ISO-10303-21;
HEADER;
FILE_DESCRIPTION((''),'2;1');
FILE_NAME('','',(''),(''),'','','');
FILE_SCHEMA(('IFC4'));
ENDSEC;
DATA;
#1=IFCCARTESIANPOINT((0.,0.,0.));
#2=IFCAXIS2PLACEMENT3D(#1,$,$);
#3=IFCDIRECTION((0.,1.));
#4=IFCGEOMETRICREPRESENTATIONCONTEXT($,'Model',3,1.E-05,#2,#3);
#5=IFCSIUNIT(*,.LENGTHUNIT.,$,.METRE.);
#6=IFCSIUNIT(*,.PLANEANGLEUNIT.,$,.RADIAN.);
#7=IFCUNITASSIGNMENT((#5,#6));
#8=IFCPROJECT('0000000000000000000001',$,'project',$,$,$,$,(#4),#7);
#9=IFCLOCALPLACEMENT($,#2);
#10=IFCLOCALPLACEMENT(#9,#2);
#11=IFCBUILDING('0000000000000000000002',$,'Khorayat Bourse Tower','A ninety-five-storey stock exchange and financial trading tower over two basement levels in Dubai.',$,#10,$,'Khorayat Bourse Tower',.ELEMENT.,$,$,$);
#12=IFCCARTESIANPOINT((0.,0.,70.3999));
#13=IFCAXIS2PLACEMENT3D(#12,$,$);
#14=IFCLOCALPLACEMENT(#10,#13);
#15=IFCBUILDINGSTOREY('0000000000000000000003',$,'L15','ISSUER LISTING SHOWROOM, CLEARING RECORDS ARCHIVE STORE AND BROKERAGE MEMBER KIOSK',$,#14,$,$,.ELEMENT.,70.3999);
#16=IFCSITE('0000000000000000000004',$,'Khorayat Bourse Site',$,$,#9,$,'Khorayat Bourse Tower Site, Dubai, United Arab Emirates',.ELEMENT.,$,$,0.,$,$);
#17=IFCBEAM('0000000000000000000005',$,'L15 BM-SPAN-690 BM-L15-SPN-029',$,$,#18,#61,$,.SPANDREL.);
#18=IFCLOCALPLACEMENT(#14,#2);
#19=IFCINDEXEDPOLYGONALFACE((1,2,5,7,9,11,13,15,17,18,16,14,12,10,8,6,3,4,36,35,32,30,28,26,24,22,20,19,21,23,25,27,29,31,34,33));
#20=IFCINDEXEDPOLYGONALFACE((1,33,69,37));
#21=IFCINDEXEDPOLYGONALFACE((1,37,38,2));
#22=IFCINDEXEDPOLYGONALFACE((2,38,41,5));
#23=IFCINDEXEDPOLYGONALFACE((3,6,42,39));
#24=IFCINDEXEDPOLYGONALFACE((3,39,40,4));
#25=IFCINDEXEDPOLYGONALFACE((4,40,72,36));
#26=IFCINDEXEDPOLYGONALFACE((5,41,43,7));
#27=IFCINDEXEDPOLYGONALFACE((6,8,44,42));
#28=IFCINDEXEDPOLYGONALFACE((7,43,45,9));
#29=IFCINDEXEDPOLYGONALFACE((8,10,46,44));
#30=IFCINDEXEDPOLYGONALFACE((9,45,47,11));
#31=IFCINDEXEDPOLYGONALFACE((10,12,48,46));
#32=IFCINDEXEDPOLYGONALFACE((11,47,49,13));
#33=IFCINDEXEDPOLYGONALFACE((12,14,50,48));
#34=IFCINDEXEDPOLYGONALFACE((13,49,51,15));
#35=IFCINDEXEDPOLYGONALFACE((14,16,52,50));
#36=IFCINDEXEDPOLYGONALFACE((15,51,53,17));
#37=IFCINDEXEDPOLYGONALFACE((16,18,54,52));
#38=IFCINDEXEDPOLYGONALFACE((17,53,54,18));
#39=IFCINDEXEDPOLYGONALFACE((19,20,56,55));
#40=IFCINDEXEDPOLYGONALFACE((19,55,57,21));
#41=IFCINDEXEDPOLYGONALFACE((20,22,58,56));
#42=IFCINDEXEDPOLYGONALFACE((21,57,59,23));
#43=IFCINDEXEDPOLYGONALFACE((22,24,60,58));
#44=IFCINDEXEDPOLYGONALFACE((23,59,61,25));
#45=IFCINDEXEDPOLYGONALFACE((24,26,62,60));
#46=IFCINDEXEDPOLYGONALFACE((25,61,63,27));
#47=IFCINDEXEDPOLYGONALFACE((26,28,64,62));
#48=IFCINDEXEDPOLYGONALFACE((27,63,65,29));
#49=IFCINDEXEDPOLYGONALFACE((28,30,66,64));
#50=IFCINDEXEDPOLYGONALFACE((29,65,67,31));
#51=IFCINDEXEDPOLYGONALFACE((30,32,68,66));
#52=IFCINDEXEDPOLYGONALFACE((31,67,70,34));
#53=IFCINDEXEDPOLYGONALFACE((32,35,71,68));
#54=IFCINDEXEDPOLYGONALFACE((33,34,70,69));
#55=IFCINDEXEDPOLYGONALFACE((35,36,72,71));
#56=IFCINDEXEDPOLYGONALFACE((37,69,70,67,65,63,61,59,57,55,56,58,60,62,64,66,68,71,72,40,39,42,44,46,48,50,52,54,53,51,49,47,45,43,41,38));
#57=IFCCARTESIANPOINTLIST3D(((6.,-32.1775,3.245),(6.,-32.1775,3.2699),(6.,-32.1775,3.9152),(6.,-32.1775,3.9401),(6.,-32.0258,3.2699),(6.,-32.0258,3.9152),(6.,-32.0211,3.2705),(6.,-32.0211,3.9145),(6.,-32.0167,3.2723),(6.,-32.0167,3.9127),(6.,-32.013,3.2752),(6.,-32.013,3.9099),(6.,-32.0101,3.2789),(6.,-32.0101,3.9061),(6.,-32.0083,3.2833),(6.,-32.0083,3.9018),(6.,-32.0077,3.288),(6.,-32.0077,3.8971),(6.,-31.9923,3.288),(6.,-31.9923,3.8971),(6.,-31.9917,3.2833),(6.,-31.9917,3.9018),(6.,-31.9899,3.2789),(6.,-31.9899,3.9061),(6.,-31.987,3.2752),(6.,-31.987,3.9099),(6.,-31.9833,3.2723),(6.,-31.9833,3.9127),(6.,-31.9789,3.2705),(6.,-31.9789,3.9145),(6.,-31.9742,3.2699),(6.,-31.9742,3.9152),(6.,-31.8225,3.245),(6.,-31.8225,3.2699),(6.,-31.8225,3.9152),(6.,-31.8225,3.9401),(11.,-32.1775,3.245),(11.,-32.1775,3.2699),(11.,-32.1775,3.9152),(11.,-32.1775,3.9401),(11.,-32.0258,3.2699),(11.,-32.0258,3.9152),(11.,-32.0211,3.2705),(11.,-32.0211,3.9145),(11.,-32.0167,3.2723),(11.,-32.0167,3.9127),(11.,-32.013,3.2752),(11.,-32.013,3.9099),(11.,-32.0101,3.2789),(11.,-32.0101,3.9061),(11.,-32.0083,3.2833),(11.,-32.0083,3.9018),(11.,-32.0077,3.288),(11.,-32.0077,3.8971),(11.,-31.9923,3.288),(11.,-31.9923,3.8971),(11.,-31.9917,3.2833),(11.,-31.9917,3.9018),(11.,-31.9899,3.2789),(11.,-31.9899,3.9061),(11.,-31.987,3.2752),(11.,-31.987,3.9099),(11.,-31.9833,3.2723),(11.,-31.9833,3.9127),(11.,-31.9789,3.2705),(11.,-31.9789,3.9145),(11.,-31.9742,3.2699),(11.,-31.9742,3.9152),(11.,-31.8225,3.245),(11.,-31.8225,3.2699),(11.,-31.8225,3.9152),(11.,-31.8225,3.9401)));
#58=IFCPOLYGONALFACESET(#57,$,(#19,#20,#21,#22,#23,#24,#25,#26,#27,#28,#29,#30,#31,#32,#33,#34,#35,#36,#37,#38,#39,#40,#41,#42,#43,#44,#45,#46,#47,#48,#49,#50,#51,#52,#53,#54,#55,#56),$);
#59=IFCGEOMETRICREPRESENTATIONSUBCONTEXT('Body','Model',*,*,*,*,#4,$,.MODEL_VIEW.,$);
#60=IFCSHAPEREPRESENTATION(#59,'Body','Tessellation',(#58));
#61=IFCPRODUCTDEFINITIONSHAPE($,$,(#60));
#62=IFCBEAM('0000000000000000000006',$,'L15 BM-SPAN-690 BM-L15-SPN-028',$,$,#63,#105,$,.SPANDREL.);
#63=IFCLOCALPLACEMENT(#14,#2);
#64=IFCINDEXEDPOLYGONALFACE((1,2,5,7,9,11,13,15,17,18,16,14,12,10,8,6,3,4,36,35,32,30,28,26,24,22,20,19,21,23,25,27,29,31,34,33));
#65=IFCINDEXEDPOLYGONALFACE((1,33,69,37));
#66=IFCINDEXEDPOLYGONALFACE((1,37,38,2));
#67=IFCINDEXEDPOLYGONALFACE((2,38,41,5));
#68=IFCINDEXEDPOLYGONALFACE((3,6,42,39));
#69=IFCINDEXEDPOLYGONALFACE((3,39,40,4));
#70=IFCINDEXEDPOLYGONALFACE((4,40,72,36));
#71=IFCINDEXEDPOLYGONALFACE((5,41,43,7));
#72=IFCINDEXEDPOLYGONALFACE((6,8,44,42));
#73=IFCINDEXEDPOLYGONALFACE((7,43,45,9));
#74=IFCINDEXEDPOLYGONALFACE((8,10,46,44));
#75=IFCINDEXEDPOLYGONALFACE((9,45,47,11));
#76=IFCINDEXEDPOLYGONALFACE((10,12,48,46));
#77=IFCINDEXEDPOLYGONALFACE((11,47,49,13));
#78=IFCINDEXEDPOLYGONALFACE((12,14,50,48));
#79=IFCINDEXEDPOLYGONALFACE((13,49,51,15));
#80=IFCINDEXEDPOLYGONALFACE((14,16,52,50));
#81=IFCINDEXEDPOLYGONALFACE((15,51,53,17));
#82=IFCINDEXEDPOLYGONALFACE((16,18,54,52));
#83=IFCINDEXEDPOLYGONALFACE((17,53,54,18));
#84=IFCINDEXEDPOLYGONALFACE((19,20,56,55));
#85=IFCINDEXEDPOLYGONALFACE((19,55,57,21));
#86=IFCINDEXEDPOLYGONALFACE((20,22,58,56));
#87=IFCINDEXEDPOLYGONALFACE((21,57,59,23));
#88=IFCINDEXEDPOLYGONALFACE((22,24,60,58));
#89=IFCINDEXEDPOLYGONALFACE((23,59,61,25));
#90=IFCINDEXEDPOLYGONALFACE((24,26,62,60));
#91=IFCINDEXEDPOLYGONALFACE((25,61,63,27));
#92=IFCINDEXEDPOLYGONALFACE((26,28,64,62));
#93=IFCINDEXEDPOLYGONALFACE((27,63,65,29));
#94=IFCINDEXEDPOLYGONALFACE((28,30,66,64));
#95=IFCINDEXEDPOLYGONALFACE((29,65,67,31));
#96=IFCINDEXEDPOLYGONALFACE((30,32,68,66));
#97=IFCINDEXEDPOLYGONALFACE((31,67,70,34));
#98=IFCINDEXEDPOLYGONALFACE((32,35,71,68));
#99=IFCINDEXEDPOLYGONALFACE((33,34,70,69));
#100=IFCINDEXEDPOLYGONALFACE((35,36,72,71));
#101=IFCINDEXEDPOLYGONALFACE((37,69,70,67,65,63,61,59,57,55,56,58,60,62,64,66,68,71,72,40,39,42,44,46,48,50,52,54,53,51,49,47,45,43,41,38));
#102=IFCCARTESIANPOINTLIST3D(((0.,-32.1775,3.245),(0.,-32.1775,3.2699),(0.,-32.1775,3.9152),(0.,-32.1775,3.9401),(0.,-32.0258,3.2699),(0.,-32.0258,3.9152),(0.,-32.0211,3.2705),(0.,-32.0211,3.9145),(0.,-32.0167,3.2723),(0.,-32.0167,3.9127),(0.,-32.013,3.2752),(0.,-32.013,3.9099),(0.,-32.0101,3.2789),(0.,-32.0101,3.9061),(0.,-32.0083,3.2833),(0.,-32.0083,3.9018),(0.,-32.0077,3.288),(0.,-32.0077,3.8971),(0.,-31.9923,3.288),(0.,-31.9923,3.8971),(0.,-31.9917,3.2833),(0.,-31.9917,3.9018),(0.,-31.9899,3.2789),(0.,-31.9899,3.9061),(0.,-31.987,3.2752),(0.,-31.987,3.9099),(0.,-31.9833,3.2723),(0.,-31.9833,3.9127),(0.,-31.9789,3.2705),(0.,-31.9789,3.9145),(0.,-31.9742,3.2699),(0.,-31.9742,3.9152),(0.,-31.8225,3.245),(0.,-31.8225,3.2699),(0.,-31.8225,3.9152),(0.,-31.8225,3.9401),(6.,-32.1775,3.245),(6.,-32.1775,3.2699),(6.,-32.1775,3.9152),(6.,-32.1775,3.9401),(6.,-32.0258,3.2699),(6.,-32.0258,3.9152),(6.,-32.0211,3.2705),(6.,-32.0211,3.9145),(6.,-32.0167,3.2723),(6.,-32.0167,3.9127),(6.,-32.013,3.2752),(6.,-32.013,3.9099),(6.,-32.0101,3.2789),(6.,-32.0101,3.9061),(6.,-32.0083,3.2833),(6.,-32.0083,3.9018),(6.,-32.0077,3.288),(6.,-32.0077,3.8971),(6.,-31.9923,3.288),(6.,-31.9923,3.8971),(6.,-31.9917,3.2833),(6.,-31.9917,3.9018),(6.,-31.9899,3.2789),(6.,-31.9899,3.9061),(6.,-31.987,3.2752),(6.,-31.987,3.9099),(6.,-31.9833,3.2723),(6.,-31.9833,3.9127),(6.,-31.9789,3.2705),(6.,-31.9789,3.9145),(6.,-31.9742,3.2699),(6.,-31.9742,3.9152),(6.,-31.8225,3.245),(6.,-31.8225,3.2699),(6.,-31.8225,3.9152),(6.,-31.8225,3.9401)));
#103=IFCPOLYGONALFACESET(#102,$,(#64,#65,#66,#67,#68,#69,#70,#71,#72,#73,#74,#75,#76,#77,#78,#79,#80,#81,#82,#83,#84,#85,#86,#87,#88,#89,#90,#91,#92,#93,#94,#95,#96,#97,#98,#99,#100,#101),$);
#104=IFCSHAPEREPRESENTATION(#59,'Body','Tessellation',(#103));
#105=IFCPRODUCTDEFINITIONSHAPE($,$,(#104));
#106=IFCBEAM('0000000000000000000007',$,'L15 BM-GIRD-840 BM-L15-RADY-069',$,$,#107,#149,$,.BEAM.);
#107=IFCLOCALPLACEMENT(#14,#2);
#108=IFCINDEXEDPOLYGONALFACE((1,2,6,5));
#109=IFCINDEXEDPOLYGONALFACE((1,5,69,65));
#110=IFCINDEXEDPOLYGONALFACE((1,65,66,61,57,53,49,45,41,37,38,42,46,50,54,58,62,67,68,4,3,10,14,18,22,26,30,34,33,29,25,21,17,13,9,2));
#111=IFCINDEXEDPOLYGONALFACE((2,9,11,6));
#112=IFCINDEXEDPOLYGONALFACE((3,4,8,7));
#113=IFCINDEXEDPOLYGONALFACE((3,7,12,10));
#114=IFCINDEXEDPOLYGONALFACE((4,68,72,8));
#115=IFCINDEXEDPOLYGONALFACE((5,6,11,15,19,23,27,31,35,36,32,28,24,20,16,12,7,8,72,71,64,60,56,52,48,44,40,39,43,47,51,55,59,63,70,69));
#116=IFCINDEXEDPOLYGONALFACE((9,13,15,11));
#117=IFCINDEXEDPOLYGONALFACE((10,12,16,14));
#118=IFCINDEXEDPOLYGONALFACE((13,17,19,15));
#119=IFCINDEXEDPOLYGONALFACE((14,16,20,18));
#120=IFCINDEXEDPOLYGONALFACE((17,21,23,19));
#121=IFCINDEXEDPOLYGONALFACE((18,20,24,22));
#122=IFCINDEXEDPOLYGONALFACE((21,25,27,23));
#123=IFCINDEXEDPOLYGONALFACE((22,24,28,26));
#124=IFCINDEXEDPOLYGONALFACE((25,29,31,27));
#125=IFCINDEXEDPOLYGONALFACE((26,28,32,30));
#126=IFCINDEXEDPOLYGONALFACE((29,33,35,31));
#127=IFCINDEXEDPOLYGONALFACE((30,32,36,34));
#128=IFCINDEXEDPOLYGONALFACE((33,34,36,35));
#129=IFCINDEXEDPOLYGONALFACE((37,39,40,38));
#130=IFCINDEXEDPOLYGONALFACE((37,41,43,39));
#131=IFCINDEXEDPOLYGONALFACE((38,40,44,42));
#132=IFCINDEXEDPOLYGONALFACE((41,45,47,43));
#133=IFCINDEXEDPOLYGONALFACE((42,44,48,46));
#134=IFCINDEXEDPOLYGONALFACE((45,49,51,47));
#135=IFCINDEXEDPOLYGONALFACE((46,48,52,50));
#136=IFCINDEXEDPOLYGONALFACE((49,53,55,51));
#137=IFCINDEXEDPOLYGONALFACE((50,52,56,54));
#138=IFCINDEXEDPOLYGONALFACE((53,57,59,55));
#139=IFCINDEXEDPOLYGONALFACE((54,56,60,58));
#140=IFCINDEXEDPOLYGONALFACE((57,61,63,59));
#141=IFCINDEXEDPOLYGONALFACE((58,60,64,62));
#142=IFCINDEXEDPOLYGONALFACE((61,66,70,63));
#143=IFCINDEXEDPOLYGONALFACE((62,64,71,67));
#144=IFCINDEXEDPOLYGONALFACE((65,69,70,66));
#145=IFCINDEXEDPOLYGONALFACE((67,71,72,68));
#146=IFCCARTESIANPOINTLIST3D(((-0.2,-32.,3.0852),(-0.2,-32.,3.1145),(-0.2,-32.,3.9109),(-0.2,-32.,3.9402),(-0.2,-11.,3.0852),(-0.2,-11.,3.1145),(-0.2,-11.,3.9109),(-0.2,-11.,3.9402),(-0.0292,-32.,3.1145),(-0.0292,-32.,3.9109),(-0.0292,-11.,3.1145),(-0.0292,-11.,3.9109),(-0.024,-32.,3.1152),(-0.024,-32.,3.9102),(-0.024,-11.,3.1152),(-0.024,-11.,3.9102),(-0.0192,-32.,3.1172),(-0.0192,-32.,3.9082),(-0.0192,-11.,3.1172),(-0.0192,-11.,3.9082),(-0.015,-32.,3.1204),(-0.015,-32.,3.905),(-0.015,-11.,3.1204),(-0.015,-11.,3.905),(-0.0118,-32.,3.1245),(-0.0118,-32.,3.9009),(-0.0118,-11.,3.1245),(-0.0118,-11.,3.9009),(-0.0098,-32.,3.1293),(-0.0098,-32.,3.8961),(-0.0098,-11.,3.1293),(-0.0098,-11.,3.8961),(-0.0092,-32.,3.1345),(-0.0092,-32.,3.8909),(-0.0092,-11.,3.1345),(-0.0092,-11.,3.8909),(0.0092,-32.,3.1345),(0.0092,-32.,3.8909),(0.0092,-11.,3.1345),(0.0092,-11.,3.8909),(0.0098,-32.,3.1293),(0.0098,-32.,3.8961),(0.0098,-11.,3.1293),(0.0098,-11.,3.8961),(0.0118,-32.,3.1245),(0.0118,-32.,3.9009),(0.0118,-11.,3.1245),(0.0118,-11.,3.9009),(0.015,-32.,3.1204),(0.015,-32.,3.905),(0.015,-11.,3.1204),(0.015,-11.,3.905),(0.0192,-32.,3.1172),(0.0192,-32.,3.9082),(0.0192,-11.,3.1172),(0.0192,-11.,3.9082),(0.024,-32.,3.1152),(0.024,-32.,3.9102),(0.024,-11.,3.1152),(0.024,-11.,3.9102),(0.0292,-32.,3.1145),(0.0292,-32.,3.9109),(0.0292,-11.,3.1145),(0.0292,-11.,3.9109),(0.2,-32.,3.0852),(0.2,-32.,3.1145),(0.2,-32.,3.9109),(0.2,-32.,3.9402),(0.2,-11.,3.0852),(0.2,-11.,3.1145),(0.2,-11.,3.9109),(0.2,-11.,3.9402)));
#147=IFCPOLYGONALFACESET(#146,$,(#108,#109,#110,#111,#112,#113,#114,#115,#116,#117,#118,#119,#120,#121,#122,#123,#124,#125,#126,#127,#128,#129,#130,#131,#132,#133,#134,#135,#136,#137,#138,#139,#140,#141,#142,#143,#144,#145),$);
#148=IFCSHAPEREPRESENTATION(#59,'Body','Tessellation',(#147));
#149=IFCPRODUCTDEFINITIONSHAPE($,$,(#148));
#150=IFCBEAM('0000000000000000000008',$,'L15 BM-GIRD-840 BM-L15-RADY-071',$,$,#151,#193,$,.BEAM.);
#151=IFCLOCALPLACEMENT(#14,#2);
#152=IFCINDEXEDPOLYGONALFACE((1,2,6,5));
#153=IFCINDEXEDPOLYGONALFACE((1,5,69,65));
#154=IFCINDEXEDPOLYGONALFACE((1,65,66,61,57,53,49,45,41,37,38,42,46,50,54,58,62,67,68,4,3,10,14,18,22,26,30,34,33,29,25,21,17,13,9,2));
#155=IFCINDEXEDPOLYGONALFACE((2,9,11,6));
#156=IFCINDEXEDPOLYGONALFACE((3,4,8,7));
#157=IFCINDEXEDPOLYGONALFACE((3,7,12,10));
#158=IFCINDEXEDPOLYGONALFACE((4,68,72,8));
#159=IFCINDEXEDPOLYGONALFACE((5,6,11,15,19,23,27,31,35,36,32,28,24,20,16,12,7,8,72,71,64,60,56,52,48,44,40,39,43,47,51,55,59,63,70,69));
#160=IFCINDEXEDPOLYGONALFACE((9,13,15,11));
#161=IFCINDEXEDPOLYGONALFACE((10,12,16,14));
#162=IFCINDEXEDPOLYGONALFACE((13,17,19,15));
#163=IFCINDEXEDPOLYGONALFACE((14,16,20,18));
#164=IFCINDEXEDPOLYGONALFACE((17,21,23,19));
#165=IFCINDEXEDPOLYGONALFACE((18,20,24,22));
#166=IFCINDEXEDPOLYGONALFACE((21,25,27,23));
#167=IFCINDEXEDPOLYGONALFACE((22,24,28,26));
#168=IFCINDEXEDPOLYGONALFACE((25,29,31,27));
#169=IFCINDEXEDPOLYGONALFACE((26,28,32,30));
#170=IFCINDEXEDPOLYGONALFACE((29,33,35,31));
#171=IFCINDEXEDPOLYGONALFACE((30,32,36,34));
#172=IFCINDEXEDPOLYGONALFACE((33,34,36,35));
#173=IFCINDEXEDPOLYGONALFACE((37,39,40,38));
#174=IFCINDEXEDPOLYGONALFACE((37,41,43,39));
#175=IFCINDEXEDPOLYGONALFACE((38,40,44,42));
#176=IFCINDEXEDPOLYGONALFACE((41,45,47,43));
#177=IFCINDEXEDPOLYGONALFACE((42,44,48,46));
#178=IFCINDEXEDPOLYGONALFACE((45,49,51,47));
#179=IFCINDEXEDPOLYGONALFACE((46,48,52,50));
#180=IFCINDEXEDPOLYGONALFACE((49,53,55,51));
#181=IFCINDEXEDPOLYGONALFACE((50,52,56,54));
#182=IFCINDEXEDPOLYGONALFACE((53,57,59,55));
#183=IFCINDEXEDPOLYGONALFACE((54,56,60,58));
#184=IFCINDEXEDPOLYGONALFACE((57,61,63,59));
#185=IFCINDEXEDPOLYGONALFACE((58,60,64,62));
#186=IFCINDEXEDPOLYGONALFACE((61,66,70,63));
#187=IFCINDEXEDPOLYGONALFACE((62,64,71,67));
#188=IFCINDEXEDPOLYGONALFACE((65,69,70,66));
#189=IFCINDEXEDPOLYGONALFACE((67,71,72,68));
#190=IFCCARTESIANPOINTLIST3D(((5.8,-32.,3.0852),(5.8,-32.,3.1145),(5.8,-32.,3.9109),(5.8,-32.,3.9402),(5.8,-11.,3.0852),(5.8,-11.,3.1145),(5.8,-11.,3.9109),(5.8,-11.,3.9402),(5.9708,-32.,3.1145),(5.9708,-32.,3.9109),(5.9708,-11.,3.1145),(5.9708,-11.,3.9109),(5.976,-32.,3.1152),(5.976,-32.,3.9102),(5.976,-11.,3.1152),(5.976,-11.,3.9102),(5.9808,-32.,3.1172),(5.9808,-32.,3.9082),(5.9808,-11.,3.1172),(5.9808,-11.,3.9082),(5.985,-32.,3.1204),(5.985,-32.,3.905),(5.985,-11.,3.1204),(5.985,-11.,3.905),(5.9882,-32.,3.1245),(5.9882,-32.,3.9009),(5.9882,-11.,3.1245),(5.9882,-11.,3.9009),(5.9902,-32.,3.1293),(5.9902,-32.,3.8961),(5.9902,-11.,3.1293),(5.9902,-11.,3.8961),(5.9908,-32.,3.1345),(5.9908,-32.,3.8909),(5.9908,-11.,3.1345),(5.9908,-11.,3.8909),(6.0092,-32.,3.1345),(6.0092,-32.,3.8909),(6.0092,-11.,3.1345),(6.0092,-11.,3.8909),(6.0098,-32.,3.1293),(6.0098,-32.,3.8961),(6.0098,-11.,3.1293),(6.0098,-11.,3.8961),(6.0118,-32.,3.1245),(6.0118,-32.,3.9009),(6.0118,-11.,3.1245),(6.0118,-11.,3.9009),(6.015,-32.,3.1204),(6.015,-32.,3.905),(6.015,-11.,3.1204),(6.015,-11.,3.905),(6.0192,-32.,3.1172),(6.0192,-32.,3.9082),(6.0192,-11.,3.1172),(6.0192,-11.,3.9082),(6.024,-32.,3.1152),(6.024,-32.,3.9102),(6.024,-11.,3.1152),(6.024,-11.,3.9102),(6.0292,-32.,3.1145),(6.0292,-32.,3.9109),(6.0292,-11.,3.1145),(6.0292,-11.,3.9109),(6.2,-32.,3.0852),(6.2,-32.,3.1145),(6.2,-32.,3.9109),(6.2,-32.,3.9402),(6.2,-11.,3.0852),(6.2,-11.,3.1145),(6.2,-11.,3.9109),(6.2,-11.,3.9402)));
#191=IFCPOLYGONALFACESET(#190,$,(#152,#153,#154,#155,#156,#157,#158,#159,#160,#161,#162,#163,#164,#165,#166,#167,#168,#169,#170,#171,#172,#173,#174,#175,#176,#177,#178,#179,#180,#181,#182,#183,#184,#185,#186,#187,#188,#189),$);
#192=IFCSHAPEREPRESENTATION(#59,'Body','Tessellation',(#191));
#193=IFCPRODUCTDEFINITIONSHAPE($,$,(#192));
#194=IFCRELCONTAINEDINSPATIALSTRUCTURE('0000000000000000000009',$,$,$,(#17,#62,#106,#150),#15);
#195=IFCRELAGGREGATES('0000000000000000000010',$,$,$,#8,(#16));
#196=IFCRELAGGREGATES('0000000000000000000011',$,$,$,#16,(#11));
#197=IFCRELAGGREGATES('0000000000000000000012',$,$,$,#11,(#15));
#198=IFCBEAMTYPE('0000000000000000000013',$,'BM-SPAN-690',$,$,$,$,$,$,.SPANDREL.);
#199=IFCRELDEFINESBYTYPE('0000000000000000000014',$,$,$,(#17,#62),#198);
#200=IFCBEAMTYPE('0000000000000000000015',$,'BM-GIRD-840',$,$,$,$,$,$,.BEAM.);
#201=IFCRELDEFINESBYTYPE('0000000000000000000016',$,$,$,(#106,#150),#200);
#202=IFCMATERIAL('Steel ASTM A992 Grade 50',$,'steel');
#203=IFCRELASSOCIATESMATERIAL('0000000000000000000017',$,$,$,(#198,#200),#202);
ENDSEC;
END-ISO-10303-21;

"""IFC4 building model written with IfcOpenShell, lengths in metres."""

from ifc_helpers import new_model, si_unit, direction, frame, origin, origin_2d, place, context, subcontext, project, spatial, i_section, extrude, source, transform, mapped, material, material_profile, profile_set, type_object, element, save


model = new_model("IFC4")

# Units and contexts
model_context = context("Model", 3, precision=1e-05, world=origin(), true_north=direction((0.0, 1.0)))
body_context = subcontext(model_context, "Body", "Model", "MODEL_VIEW")
ifc_project = project(units=[si_unit("LENGTHUNIT", "METRE"), si_unit("PLANEANGLEUNIT", "RADIAN")], contexts=[model_context])

# Site, building, storey
site_placement = place(None, origin())
site = spatial("IfcSite", under=ifc_project, at=site_placement, Name="Khorayat Bourse Site", LongName="Khorayat Bourse Tower Site, Dubai, United Arab Emirates", CompositionType="ELEMENT", RefElevation=0.0)
building_placement = place(site_placement, origin())
building = spatial("IfcBuilding", under=site, at=building_placement, Name="Khorayat Bourse Tower", Description="A ninety-five-storey stock exchange and financial trading tower over two basement levels in Dubai.", LongName="Khorayat Bourse Tower", CompositionType="ELEMENT")
storey_placement = place(building_placement, frame((0.0, 0.0, 70.3999)))
storey = spatial("IfcBuildingStorey", under=building, at=storey_placement, Name="L15", Description="ISSUER LISTING SHOWROOM, CLEARING RECORDS ARCHIVE STORE AND BROKERAGE MEMBER KIOSK", CompositionType="ELEMENT", Elevation=70.3999)

# Beams
ifc_material_1 = material(Name="Steel ASTM A992 Grade 50", Category="steel")
ifc_material_profile_1 = material_profile(ifc_material_1, i_section(OverallWidth=0.355, OverallDepth=0.6951, WebThickness=0.0154, FlangeThickness=0.0249, FilletRadius=0.0181, at=origin_2d()), Name="W690X217")
ifc_profile_set_1 = profile_set([ifc_material_profile_1], Name="Steel ASTM A992 Grade 50")
beam_type_1 = type_object("IfcBeamType", Name="BM-SPAN-690", PredefinedType="SPANDREL", material=ifc_profile_set_1)
shared_shape_1 = source(origin(), body_context, "Body", "SweptSolid", [
    extrude(i_section(OverallWidth=0.355, OverallDepth=0.6951, WebThickness=0.0154, FlangeThickness=0.0249, FilletRadius=0.0181, at=origin_2d()), origin(), (0.0, 0.0, 1.0), 5.0),
])
beam_1_placement = place(storey_placement, frame((6.0, -32.0, 3.5925), z_axis=(1.0, 0.0, 0.0), x_axis=(0.0, 1.0, 0.0)))
element("IfcBeam", 1, at=beam_1_placement, inside=storey, type_object=beam_type_1, Name="L15 BM-SPAN-690 BM-L15-SPN-029", PredefinedType="SPANDREL", context=body_context, shape_type="MappedRepresentation", body=[
    mapped(shared_shape_1, transform((0.0, 0.0, 0.0), scale=1.0)),
])
shared_shape_2 = source(origin(), body_context, "Body", "SweptSolid", [
    extrude(i_section(OverallWidth=0.355, OverallDepth=0.6951, WebThickness=0.0154, FlangeThickness=0.0249, FilletRadius=0.0181, at=origin_2d()), origin(), (0.0, 0.0, 1.0), 6.0),
])
beam_2_placement = place(storey_placement, frame((0.0, -32.0, 3.5925), z_axis=(1.0, 0.0, 0.0), x_axis=(0.0, 1.0, 0.0)))
element("IfcBeam", 2, at=beam_2_placement, inside=storey, type_object=beam_type_1, Name="L15 BM-SPAN-690 BM-L15-SPN-028", PredefinedType="SPANDREL", context=body_context, shape_type="MappedRepresentation", body=[
    mapped(shared_shape_2, transform((0.0, 0.0, 0.0), scale=1.0)),
])
ifc_material_profile_2 = material_profile(ifc_material_1, i_section(OverallWidth=0.3999, OverallDepth=0.855, WebThickness=0.0183, FlangeThickness=0.0293, FilletRadius=0.02, at=origin_2d()), Name="W840X299")
ifc_profile_set_2 = profile_set([ifc_material_profile_2], Name="Steel ASTM A992 Grade 50")
beam_type_2 = type_object("IfcBeamType", Name="BM-GIRD-840", PredefinedType="BEAM", material=ifc_profile_set_2)
shared_shape_3 = source(origin(), body_context, "Body", "SweptSolid", [
    extrude(i_section(OverallWidth=0.3999, OverallDepth=0.855, WebThickness=0.0183, FlangeThickness=0.0293, FilletRadius=0.02, at=origin_2d()), origin(), (0.0, 0.0, 1.0), 21.0),
])
for number, where, z_axis, x_axis, name in (
    (3, (0.0, -32.0, 3.5127), (0.0, 1.0, 0.0), (-1.0, 0.0, 0.0), "L15 BM-GIRD-840 BM-L15-RADY-069"),
    (4, (6.0, -32.0, 3.5127), (0.0, 1.0, 0.0), (-1.0, 0.0, 0.0), "L15 BM-GIRD-840 BM-L15-RADY-071"),
):
    element("IfcBeam", number, at=place(storey_placement, frame(where, z_axis=z_axis, x_axis=x_axis)), inside=storey, type_object=beam_type_2, Name=name, PredefinedType="BEAM", context=body_context, shape_type="MappedRepresentation", body=[
        mapped(shared_shape_3, transform((0.0, 0.0, 0.0), scale=1.0)),
    ])

save(model, "model.ifc")
